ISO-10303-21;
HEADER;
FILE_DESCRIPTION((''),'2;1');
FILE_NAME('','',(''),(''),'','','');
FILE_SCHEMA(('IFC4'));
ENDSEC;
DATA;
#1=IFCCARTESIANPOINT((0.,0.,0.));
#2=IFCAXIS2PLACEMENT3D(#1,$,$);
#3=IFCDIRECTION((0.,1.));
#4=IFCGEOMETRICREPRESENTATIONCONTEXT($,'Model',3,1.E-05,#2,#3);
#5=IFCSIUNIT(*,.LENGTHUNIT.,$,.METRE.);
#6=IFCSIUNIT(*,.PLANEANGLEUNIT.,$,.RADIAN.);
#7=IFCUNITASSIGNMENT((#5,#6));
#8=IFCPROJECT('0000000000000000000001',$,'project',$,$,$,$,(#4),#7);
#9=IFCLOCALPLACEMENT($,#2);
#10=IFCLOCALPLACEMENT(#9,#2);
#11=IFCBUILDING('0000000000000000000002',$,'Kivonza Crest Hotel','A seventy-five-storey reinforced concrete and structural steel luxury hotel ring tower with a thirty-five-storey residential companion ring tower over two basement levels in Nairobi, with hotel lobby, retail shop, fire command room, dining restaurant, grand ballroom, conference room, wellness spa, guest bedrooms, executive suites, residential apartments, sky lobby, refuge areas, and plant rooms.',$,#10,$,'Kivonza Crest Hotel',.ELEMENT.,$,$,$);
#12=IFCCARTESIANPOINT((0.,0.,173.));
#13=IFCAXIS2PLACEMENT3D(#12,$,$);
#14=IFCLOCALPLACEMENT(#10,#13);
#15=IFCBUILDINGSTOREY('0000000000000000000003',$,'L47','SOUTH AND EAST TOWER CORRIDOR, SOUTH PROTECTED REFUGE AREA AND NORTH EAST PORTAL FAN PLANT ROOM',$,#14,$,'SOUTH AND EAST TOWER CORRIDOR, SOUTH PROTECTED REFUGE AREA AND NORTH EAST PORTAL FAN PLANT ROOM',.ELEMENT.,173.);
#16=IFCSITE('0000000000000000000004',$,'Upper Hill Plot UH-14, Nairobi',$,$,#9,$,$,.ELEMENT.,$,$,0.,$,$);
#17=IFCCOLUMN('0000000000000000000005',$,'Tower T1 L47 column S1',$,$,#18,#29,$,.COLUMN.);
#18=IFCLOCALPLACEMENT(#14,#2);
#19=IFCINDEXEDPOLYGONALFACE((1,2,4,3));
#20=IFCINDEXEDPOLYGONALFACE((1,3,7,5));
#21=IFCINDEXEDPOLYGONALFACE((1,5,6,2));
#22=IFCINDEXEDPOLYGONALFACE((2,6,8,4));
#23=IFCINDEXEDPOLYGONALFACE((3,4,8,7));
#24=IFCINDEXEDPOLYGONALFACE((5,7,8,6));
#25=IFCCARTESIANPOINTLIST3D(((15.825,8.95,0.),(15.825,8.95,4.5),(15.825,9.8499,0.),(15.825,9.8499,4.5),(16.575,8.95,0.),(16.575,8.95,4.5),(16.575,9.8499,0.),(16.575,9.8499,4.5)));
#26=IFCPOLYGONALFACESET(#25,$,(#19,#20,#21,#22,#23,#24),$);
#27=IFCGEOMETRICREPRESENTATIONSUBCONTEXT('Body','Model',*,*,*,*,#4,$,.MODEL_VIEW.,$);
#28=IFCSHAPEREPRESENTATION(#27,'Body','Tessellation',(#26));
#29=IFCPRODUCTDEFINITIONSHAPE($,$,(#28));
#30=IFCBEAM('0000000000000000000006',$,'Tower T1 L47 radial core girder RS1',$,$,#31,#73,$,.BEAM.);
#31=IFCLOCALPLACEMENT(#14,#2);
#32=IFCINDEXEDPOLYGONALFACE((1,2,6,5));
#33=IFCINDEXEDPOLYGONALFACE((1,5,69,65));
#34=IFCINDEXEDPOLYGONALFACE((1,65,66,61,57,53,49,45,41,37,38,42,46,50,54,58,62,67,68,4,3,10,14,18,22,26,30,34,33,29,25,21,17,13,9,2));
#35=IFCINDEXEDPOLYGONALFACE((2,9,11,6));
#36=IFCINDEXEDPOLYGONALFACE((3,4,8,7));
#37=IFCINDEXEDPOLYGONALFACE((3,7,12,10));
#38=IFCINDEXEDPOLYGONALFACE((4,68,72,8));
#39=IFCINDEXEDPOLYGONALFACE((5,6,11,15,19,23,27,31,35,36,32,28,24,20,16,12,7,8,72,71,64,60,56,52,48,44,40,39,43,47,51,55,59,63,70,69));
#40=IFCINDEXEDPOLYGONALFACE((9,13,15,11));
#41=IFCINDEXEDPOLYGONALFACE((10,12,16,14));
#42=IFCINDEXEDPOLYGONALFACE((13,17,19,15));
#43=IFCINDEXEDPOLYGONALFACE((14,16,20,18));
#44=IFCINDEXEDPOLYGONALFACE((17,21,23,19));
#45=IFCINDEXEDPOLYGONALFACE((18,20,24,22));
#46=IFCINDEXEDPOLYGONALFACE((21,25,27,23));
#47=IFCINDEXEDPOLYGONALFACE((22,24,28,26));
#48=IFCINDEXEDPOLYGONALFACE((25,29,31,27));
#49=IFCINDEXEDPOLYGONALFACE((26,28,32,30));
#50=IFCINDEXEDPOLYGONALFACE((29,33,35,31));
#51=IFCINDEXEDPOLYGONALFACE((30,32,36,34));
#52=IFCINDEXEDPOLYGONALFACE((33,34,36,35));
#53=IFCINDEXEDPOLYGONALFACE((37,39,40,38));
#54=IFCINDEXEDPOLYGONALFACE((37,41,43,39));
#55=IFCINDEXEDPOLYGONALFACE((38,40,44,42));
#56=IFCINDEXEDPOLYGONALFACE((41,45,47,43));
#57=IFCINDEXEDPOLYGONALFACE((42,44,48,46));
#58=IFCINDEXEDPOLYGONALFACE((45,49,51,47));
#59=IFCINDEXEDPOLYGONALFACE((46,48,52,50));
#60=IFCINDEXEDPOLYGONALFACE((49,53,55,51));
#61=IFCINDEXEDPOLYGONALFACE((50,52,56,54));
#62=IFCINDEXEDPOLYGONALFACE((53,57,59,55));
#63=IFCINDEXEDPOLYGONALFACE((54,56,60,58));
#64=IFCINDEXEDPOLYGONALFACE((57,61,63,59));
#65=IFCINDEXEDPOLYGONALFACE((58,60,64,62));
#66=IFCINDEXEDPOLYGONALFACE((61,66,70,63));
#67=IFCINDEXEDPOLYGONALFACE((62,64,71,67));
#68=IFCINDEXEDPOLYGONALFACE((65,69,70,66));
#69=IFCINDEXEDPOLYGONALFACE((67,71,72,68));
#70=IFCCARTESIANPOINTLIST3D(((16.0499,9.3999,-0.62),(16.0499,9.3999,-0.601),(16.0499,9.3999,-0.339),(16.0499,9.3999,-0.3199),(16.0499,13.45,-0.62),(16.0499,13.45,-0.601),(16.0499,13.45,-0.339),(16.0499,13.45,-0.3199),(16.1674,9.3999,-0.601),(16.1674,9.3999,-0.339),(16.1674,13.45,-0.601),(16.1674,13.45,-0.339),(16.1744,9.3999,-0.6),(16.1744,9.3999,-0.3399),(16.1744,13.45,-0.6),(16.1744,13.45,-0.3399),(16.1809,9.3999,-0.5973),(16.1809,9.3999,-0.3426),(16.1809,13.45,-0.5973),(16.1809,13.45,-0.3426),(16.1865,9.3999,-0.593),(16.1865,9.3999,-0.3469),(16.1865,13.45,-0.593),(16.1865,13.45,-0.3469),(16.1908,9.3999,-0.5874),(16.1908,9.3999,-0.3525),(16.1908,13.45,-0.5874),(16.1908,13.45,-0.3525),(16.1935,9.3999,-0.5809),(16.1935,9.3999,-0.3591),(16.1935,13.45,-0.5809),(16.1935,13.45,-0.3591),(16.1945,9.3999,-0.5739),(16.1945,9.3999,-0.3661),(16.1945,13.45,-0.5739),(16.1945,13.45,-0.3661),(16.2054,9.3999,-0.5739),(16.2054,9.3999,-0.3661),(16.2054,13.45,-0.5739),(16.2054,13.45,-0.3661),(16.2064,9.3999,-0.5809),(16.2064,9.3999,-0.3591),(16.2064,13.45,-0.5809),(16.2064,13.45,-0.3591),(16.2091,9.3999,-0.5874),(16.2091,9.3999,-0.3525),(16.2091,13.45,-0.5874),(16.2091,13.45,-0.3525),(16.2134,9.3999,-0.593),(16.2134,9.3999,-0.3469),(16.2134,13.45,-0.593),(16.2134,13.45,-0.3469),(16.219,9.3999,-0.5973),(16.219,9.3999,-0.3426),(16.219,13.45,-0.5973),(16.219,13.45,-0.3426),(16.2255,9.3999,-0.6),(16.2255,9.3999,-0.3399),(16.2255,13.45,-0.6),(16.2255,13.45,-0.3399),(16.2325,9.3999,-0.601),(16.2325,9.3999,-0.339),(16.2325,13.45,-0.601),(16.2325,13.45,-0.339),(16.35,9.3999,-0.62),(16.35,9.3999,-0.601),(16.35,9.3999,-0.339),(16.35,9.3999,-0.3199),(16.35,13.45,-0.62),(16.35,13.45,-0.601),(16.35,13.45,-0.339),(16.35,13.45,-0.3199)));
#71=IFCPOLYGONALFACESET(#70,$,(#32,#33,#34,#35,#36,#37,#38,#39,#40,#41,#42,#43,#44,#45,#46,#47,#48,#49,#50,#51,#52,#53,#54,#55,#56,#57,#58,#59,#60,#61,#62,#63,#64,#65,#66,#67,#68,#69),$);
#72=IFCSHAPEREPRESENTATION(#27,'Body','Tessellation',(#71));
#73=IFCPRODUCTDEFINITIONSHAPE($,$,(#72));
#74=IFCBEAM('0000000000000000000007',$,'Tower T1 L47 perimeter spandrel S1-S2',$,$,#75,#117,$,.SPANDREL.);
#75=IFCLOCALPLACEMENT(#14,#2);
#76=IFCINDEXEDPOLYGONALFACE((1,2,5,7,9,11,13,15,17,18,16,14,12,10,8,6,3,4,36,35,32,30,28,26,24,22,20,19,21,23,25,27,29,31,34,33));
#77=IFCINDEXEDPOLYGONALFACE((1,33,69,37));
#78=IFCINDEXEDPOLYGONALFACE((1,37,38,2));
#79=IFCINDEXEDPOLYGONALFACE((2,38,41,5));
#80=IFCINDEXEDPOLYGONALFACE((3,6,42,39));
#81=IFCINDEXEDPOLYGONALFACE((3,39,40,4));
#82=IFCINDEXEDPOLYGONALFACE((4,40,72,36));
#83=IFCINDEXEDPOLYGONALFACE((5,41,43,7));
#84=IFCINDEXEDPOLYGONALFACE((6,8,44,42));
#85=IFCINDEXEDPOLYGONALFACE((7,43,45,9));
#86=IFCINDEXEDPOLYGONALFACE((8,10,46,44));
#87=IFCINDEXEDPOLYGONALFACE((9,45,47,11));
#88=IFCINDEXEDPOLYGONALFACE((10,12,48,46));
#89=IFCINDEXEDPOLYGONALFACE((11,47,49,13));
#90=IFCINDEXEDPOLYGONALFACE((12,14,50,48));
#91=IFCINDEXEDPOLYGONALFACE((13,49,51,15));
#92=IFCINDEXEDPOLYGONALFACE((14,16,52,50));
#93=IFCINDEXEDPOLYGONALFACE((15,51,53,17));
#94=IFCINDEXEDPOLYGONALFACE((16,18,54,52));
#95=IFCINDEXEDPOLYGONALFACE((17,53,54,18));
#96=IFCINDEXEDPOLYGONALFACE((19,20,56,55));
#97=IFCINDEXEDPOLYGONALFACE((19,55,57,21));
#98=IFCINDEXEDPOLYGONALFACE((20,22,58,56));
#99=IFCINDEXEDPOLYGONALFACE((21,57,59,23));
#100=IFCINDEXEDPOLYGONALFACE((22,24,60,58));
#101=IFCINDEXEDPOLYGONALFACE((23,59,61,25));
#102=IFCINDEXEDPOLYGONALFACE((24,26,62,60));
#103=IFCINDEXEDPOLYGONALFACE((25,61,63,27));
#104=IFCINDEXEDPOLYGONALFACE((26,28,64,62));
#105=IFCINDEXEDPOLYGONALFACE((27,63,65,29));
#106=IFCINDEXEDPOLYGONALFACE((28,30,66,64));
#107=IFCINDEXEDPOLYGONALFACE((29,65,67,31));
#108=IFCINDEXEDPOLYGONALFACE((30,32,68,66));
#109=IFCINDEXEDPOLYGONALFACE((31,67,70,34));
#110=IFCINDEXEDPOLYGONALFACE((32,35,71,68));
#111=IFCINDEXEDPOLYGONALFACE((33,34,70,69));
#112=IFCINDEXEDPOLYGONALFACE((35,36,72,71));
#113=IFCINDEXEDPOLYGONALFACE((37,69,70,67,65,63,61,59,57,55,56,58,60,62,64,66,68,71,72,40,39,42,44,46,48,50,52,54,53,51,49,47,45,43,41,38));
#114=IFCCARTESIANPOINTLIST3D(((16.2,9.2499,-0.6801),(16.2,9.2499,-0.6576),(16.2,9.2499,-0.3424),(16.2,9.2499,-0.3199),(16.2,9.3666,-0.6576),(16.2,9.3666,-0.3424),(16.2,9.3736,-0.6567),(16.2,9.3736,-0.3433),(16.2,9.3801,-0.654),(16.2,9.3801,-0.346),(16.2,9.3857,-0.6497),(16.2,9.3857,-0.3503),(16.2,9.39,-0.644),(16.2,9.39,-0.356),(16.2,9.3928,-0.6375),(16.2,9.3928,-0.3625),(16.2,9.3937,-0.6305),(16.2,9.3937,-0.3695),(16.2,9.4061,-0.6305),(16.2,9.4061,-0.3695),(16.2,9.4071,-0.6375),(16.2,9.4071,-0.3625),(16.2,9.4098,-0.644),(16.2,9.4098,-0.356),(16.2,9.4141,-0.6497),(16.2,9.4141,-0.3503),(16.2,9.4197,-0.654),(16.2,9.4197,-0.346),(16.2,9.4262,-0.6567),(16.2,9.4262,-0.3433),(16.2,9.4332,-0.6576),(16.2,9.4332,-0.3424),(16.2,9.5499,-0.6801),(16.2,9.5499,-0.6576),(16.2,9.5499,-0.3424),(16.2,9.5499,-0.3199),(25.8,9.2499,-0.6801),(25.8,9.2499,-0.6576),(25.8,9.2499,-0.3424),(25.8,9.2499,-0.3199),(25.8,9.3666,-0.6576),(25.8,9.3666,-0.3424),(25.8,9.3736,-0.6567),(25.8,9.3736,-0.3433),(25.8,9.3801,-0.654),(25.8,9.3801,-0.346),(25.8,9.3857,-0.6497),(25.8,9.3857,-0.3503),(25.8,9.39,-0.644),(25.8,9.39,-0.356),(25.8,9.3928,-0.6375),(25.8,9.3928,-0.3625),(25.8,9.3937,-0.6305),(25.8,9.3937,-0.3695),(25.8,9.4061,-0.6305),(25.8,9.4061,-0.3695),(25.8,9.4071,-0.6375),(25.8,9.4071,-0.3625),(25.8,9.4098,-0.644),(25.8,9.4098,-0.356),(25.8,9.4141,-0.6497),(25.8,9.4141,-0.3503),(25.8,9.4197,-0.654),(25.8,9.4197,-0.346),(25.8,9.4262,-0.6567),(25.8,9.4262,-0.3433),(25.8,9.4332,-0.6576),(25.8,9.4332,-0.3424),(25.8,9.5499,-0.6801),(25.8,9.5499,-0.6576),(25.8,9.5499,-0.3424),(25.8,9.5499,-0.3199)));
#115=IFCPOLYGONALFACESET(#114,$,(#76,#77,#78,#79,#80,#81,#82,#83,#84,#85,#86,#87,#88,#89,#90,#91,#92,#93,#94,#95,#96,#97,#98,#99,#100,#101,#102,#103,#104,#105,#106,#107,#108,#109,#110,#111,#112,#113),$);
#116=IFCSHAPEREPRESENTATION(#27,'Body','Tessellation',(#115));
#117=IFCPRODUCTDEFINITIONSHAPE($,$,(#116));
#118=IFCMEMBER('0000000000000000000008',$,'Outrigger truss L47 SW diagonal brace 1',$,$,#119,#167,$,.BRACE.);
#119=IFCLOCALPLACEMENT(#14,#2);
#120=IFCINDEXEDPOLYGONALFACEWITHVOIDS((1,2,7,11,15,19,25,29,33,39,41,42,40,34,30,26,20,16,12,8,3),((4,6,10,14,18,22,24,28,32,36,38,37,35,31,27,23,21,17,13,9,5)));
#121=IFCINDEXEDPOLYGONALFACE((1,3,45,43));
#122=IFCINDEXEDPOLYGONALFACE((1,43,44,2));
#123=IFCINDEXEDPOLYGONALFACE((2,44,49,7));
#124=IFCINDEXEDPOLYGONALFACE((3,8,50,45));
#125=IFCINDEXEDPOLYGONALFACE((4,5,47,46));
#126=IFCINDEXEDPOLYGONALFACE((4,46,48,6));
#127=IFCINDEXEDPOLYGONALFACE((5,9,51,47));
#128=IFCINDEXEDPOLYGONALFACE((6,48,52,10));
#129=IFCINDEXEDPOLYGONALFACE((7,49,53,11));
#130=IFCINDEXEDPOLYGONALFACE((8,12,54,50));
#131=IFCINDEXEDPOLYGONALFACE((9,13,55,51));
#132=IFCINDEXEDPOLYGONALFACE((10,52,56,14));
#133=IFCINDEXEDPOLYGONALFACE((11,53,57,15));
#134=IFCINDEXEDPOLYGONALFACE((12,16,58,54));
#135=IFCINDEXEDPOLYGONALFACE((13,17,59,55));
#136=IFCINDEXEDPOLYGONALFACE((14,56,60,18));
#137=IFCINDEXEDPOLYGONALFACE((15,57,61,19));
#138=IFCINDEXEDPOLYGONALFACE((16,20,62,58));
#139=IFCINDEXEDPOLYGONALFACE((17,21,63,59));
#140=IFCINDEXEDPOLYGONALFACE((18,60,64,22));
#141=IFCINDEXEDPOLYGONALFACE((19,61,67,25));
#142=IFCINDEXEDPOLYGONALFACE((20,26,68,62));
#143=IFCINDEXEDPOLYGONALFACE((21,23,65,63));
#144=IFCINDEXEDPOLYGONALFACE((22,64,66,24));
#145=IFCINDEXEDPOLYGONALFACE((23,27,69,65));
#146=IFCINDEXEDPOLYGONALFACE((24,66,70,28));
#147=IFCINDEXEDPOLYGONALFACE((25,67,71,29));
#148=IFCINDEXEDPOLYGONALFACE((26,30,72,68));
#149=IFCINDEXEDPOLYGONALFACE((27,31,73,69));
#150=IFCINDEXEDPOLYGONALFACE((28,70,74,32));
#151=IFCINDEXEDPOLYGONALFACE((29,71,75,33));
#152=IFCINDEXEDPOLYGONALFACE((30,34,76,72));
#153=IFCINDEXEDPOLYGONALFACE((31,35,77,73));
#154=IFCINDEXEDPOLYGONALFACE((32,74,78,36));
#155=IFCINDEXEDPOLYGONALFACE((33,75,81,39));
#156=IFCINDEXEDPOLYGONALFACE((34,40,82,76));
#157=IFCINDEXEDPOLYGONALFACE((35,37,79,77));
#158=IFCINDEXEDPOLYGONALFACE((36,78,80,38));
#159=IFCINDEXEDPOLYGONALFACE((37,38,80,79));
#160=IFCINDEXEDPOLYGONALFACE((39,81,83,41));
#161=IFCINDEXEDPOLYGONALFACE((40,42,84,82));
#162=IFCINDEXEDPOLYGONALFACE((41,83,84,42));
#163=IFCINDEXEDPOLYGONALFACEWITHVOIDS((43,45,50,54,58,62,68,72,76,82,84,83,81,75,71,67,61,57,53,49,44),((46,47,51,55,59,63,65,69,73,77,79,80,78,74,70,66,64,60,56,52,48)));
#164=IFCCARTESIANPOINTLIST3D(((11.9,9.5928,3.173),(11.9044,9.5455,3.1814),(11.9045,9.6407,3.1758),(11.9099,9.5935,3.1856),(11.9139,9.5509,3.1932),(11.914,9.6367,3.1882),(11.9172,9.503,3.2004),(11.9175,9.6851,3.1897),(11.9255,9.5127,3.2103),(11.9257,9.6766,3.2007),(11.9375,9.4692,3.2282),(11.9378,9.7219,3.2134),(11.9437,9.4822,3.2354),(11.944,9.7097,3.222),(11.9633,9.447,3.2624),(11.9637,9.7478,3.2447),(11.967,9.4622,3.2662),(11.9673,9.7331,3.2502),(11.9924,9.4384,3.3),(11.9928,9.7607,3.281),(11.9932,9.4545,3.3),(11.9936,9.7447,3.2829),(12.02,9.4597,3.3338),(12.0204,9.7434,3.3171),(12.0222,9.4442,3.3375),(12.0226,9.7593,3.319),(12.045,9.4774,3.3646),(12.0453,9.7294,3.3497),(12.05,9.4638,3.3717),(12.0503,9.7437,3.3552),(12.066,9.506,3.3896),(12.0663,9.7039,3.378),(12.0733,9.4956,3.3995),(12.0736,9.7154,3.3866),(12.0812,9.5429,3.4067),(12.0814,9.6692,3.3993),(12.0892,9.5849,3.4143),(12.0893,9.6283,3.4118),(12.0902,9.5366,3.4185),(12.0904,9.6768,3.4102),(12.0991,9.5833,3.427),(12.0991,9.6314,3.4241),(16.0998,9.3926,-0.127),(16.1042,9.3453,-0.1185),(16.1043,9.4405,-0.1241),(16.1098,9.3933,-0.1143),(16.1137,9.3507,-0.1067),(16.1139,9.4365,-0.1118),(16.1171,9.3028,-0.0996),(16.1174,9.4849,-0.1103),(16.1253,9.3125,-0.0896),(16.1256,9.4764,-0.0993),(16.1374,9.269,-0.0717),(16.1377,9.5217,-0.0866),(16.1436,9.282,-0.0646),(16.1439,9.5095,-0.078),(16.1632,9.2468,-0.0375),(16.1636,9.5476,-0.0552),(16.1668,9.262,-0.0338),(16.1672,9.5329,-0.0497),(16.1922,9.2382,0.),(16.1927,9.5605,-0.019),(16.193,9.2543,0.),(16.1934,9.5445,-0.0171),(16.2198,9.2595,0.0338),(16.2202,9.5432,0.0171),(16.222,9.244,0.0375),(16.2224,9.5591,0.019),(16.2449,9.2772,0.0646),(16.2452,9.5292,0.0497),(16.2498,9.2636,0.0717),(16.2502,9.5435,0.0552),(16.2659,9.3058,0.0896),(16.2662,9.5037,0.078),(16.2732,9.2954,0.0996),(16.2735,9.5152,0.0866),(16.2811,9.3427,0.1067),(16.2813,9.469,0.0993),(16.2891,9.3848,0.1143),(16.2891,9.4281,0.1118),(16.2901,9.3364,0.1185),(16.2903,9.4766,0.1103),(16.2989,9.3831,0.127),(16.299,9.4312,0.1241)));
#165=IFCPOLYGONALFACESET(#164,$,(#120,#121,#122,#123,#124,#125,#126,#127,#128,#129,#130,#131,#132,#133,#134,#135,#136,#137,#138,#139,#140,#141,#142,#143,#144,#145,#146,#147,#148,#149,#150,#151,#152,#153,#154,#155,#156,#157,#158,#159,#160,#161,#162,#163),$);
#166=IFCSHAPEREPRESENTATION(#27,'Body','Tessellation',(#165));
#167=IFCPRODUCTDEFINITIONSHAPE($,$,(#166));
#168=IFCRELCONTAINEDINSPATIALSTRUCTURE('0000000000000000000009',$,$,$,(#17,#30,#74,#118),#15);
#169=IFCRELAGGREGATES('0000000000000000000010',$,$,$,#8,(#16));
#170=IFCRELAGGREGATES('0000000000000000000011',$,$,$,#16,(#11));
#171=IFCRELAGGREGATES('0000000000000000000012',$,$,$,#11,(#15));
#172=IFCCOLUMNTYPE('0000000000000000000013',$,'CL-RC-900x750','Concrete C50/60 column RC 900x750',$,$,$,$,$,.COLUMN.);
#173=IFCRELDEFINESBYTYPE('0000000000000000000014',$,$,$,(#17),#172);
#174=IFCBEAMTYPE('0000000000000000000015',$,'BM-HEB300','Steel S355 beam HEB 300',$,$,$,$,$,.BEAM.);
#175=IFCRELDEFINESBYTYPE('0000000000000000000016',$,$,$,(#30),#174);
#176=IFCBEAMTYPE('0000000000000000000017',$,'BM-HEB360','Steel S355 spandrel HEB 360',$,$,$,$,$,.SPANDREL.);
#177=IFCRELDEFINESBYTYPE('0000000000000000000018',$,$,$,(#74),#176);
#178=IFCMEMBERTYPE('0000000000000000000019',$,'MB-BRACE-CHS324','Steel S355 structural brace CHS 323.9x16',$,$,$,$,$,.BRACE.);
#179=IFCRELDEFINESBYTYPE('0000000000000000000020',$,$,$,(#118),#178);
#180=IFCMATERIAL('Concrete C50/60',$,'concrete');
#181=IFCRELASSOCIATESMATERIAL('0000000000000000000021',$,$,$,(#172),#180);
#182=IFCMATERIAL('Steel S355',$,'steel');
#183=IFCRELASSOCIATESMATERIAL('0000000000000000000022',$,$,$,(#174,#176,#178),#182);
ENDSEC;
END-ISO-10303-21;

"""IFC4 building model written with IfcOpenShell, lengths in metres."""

from ifc_helpers import new_model, si_unit, direction, frame, origin, origin_2d, place, context, subcontext, project, spatial, rectangle, hollow_circle, i_section, extrude, material, material_profile, profile_set, type_object, element, save


model = new_model("IFC4")

# Units and contexts
model_context = context("Model", 3, precision=1e-05, world=origin(), true_north=direction((0.0, 1.0)))
body_context = subcontext(model_context, "Body", "Model", "MODEL_VIEW")
ifc_project = project(units=[si_unit("LENGTHUNIT", "METRE"), si_unit("PLANEANGLEUNIT", "RADIAN")], contexts=[model_context])

# Site, building, storey
site_placement = place(None, origin())
site = spatial("IfcSite", under=ifc_project, at=site_placement, Name="Upper Hill Plot UH-14, Nairobi", CompositionType="ELEMENT", RefElevation=0.0)
building_placement = place(site_placement, origin())
building = spatial("IfcBuilding", under=site, at=building_placement, Name="Kivonza Crest Hotel", Description="A seventy-five-storey reinforced concrete and structural steel luxury hotel ring tower with a thirty-five-storey residential companion ring tower over two basement levels in Nairobi, with hotel lobby, retail shop, fire command room, dining restaurant, grand ballroom, conference room, wellness spa, guest bedrooms, executive suites, residential apartments, sky lobby, refuge areas, and plant rooms.", LongName="Kivonza Crest Hotel", CompositionType="ELEMENT")
storey_placement = place(building_placement, frame((0.0, 0.0, 173.0)))
storey = spatial("IfcBuildingStorey", under=building, at=storey_placement, Name="L47", Description="SOUTH AND EAST TOWER CORRIDOR, SOUTH PROTECTED REFUGE AREA AND NORTH EAST PORTAL FAN PLANT ROOM", LongName="SOUTH AND EAST TOWER CORRIDOR, SOUTH PROTECTED REFUGE AREA AND NORTH EAST PORTAL FAN PLANT ROOM", CompositionType="ELEMENT", Elevation=173.0)

# Column
ifc_material_1 = material(Name="Concrete C50/60", Category="concrete")
ifc_material_profile_1 = material_profile(ifc_material_1, rectangle(XDim=0.75, YDim=0.8999, at=origin_2d()), Name="RC 900x750")
ifc_profile_set_1 = profile_set([ifc_material_profile_1], Name="Concrete C50/60")
column_type = type_object("IfcColumnType", Name="CL-RC-900x750", Description="Concrete C50/60 column RC 900x750", PredefinedType="COLUMN", material=ifc_profile_set_1)
column_placement = place(storey_placement, frame((16.2, 9.3999, 0.0), z_axis=(0.0, 0.0, 1.0), x_axis=(1.0, 0.0, 0.0)))
element("IfcColumn", 1, at=column_placement, inside=storey, type_object=column_type, Name="Tower T1 L47 column S1", PredefinedType="COLUMN", context=body_context, shape_type="SweptSolid", body=[
    extrude(rectangle(XDim=0.75, YDim=0.8999, at=origin_2d()), origin(), (0.0, 0.0, 1.0), 4.5),
])

# Beams
ifc_material_2 = material(Name="Steel S355", Category="steel")
ifc_material_profile_2 = material_profile(ifc_material_2, i_section(OverallWidth=0.3, OverallDepth=0.3, WebThickness=0.011, FlangeThickness=0.019, FilletRadius=0.0271, at=origin_2d()), Name="HEB 300")
ifc_profile_set_2 = profile_set([ifc_material_profile_2], Name="Steel S355")
beam_type_1 = type_object("IfcBeamType", Name="BM-HEB300", Description="Steel S355 beam HEB 300", PredefinedType="BEAM", material=ifc_profile_set_2)
beam_1_placement = place(storey_placement, frame((16.2, 9.3999, -0.47), z_axis=(0.0, 1.0, 0.0), x_axis=(-1.0, 0.0, 0.0)))
element("IfcBeam", 2, at=beam_1_placement, inside=storey, type_object=beam_type_1, Name="Tower T1 L47 radial core girder RS1", PredefinedType="BEAM", context=body_context, shape_type="SweptSolid", body=[
    extrude(i_section(OverallWidth=0.3, OverallDepth=0.3, WebThickness=0.011, FlangeThickness=0.019, FilletRadius=0.0271, at=origin_2d()), origin(), (0.0, 0.0, 1.0), 4.05),
])
ifc_material_profile_3 = material_profile(ifc_material_2, i_section(OverallWidth=0.3, OverallDepth=0.3601, WebThickness=0.0125, FlangeThickness=0.0225, FilletRadius=0.0271, at=origin_2d()), Name="HEB 360")
ifc_profile_set_3 = profile_set([ifc_material_profile_3], Name="Steel S355")
beam_type_2 = type_object("IfcBeamType", Name="BM-HEB360", Description="Steel S355 spandrel HEB 360", PredefinedType="SPANDREL", material=ifc_profile_set_3)
beam_2_placement = place(storey_placement, frame((16.2, 9.3999, -0.5), z_axis=(1.0, 0.0, 0.0), x_axis=(0.0, 1.0, 0.0)))
element("IfcBeam", 3, at=beam_2_placement, inside=storey, type_object=beam_type_2, Name="Tower T1 L47 perimeter spandrel S1-S2", PredefinedType="SPANDREL", context=body_context, shape_type="SweptSolid", body=[
    extrude(i_section(OverallWidth=0.3, OverallDepth=0.3601, WebThickness=0.0125, FlangeThickness=0.0225, FilletRadius=0.0271, at=origin_2d()), origin(), (0.0, 0.0, 1.0), 9.6001),
])

# Member
ifc_material_profile_4 = material_profile(ifc_material_2, hollow_circle(Radius=0.1619, WallThickness=0.0161, at=origin_2d()), Name="CHS 323.9x16")
ifc_profile_set_4 = profile_set([ifc_material_profile_4], Name="Steel S355")
member_type_1 = type_object("IfcMemberType", Name="MB-BRACE-CHS324", Description="Steel S355 structural brace CHS 323.9x16", PredefinedType="BRACE", material=ifc_profile_set_4)
for number, where, z_axis, x_axis, name in (
    (4, (16.2, 9.3999, 0.0), (-0.785759, 0.037454, 0.617398), (-0.047612, -0.998866, 0.0), "Outrigger truss L47 SW diagonal brace 1"),
):
    element("IfcMember", number, at=place(storey_placement, frame(where, z_axis=z_axis, x_axis=x_axis)), inside=storey, type_object=member_type_1, Name=name, PredefinedType="BRACE", context=body_context, shape_type="SweptSolid", body=[
        extrude(hollow_circle(Radius=0.1619, WallThickness=0.0161, at=origin_2d()), origin(), (0.0, 0.0, 1.0), 5.345),
    ])

save(model, "model.ifc")
